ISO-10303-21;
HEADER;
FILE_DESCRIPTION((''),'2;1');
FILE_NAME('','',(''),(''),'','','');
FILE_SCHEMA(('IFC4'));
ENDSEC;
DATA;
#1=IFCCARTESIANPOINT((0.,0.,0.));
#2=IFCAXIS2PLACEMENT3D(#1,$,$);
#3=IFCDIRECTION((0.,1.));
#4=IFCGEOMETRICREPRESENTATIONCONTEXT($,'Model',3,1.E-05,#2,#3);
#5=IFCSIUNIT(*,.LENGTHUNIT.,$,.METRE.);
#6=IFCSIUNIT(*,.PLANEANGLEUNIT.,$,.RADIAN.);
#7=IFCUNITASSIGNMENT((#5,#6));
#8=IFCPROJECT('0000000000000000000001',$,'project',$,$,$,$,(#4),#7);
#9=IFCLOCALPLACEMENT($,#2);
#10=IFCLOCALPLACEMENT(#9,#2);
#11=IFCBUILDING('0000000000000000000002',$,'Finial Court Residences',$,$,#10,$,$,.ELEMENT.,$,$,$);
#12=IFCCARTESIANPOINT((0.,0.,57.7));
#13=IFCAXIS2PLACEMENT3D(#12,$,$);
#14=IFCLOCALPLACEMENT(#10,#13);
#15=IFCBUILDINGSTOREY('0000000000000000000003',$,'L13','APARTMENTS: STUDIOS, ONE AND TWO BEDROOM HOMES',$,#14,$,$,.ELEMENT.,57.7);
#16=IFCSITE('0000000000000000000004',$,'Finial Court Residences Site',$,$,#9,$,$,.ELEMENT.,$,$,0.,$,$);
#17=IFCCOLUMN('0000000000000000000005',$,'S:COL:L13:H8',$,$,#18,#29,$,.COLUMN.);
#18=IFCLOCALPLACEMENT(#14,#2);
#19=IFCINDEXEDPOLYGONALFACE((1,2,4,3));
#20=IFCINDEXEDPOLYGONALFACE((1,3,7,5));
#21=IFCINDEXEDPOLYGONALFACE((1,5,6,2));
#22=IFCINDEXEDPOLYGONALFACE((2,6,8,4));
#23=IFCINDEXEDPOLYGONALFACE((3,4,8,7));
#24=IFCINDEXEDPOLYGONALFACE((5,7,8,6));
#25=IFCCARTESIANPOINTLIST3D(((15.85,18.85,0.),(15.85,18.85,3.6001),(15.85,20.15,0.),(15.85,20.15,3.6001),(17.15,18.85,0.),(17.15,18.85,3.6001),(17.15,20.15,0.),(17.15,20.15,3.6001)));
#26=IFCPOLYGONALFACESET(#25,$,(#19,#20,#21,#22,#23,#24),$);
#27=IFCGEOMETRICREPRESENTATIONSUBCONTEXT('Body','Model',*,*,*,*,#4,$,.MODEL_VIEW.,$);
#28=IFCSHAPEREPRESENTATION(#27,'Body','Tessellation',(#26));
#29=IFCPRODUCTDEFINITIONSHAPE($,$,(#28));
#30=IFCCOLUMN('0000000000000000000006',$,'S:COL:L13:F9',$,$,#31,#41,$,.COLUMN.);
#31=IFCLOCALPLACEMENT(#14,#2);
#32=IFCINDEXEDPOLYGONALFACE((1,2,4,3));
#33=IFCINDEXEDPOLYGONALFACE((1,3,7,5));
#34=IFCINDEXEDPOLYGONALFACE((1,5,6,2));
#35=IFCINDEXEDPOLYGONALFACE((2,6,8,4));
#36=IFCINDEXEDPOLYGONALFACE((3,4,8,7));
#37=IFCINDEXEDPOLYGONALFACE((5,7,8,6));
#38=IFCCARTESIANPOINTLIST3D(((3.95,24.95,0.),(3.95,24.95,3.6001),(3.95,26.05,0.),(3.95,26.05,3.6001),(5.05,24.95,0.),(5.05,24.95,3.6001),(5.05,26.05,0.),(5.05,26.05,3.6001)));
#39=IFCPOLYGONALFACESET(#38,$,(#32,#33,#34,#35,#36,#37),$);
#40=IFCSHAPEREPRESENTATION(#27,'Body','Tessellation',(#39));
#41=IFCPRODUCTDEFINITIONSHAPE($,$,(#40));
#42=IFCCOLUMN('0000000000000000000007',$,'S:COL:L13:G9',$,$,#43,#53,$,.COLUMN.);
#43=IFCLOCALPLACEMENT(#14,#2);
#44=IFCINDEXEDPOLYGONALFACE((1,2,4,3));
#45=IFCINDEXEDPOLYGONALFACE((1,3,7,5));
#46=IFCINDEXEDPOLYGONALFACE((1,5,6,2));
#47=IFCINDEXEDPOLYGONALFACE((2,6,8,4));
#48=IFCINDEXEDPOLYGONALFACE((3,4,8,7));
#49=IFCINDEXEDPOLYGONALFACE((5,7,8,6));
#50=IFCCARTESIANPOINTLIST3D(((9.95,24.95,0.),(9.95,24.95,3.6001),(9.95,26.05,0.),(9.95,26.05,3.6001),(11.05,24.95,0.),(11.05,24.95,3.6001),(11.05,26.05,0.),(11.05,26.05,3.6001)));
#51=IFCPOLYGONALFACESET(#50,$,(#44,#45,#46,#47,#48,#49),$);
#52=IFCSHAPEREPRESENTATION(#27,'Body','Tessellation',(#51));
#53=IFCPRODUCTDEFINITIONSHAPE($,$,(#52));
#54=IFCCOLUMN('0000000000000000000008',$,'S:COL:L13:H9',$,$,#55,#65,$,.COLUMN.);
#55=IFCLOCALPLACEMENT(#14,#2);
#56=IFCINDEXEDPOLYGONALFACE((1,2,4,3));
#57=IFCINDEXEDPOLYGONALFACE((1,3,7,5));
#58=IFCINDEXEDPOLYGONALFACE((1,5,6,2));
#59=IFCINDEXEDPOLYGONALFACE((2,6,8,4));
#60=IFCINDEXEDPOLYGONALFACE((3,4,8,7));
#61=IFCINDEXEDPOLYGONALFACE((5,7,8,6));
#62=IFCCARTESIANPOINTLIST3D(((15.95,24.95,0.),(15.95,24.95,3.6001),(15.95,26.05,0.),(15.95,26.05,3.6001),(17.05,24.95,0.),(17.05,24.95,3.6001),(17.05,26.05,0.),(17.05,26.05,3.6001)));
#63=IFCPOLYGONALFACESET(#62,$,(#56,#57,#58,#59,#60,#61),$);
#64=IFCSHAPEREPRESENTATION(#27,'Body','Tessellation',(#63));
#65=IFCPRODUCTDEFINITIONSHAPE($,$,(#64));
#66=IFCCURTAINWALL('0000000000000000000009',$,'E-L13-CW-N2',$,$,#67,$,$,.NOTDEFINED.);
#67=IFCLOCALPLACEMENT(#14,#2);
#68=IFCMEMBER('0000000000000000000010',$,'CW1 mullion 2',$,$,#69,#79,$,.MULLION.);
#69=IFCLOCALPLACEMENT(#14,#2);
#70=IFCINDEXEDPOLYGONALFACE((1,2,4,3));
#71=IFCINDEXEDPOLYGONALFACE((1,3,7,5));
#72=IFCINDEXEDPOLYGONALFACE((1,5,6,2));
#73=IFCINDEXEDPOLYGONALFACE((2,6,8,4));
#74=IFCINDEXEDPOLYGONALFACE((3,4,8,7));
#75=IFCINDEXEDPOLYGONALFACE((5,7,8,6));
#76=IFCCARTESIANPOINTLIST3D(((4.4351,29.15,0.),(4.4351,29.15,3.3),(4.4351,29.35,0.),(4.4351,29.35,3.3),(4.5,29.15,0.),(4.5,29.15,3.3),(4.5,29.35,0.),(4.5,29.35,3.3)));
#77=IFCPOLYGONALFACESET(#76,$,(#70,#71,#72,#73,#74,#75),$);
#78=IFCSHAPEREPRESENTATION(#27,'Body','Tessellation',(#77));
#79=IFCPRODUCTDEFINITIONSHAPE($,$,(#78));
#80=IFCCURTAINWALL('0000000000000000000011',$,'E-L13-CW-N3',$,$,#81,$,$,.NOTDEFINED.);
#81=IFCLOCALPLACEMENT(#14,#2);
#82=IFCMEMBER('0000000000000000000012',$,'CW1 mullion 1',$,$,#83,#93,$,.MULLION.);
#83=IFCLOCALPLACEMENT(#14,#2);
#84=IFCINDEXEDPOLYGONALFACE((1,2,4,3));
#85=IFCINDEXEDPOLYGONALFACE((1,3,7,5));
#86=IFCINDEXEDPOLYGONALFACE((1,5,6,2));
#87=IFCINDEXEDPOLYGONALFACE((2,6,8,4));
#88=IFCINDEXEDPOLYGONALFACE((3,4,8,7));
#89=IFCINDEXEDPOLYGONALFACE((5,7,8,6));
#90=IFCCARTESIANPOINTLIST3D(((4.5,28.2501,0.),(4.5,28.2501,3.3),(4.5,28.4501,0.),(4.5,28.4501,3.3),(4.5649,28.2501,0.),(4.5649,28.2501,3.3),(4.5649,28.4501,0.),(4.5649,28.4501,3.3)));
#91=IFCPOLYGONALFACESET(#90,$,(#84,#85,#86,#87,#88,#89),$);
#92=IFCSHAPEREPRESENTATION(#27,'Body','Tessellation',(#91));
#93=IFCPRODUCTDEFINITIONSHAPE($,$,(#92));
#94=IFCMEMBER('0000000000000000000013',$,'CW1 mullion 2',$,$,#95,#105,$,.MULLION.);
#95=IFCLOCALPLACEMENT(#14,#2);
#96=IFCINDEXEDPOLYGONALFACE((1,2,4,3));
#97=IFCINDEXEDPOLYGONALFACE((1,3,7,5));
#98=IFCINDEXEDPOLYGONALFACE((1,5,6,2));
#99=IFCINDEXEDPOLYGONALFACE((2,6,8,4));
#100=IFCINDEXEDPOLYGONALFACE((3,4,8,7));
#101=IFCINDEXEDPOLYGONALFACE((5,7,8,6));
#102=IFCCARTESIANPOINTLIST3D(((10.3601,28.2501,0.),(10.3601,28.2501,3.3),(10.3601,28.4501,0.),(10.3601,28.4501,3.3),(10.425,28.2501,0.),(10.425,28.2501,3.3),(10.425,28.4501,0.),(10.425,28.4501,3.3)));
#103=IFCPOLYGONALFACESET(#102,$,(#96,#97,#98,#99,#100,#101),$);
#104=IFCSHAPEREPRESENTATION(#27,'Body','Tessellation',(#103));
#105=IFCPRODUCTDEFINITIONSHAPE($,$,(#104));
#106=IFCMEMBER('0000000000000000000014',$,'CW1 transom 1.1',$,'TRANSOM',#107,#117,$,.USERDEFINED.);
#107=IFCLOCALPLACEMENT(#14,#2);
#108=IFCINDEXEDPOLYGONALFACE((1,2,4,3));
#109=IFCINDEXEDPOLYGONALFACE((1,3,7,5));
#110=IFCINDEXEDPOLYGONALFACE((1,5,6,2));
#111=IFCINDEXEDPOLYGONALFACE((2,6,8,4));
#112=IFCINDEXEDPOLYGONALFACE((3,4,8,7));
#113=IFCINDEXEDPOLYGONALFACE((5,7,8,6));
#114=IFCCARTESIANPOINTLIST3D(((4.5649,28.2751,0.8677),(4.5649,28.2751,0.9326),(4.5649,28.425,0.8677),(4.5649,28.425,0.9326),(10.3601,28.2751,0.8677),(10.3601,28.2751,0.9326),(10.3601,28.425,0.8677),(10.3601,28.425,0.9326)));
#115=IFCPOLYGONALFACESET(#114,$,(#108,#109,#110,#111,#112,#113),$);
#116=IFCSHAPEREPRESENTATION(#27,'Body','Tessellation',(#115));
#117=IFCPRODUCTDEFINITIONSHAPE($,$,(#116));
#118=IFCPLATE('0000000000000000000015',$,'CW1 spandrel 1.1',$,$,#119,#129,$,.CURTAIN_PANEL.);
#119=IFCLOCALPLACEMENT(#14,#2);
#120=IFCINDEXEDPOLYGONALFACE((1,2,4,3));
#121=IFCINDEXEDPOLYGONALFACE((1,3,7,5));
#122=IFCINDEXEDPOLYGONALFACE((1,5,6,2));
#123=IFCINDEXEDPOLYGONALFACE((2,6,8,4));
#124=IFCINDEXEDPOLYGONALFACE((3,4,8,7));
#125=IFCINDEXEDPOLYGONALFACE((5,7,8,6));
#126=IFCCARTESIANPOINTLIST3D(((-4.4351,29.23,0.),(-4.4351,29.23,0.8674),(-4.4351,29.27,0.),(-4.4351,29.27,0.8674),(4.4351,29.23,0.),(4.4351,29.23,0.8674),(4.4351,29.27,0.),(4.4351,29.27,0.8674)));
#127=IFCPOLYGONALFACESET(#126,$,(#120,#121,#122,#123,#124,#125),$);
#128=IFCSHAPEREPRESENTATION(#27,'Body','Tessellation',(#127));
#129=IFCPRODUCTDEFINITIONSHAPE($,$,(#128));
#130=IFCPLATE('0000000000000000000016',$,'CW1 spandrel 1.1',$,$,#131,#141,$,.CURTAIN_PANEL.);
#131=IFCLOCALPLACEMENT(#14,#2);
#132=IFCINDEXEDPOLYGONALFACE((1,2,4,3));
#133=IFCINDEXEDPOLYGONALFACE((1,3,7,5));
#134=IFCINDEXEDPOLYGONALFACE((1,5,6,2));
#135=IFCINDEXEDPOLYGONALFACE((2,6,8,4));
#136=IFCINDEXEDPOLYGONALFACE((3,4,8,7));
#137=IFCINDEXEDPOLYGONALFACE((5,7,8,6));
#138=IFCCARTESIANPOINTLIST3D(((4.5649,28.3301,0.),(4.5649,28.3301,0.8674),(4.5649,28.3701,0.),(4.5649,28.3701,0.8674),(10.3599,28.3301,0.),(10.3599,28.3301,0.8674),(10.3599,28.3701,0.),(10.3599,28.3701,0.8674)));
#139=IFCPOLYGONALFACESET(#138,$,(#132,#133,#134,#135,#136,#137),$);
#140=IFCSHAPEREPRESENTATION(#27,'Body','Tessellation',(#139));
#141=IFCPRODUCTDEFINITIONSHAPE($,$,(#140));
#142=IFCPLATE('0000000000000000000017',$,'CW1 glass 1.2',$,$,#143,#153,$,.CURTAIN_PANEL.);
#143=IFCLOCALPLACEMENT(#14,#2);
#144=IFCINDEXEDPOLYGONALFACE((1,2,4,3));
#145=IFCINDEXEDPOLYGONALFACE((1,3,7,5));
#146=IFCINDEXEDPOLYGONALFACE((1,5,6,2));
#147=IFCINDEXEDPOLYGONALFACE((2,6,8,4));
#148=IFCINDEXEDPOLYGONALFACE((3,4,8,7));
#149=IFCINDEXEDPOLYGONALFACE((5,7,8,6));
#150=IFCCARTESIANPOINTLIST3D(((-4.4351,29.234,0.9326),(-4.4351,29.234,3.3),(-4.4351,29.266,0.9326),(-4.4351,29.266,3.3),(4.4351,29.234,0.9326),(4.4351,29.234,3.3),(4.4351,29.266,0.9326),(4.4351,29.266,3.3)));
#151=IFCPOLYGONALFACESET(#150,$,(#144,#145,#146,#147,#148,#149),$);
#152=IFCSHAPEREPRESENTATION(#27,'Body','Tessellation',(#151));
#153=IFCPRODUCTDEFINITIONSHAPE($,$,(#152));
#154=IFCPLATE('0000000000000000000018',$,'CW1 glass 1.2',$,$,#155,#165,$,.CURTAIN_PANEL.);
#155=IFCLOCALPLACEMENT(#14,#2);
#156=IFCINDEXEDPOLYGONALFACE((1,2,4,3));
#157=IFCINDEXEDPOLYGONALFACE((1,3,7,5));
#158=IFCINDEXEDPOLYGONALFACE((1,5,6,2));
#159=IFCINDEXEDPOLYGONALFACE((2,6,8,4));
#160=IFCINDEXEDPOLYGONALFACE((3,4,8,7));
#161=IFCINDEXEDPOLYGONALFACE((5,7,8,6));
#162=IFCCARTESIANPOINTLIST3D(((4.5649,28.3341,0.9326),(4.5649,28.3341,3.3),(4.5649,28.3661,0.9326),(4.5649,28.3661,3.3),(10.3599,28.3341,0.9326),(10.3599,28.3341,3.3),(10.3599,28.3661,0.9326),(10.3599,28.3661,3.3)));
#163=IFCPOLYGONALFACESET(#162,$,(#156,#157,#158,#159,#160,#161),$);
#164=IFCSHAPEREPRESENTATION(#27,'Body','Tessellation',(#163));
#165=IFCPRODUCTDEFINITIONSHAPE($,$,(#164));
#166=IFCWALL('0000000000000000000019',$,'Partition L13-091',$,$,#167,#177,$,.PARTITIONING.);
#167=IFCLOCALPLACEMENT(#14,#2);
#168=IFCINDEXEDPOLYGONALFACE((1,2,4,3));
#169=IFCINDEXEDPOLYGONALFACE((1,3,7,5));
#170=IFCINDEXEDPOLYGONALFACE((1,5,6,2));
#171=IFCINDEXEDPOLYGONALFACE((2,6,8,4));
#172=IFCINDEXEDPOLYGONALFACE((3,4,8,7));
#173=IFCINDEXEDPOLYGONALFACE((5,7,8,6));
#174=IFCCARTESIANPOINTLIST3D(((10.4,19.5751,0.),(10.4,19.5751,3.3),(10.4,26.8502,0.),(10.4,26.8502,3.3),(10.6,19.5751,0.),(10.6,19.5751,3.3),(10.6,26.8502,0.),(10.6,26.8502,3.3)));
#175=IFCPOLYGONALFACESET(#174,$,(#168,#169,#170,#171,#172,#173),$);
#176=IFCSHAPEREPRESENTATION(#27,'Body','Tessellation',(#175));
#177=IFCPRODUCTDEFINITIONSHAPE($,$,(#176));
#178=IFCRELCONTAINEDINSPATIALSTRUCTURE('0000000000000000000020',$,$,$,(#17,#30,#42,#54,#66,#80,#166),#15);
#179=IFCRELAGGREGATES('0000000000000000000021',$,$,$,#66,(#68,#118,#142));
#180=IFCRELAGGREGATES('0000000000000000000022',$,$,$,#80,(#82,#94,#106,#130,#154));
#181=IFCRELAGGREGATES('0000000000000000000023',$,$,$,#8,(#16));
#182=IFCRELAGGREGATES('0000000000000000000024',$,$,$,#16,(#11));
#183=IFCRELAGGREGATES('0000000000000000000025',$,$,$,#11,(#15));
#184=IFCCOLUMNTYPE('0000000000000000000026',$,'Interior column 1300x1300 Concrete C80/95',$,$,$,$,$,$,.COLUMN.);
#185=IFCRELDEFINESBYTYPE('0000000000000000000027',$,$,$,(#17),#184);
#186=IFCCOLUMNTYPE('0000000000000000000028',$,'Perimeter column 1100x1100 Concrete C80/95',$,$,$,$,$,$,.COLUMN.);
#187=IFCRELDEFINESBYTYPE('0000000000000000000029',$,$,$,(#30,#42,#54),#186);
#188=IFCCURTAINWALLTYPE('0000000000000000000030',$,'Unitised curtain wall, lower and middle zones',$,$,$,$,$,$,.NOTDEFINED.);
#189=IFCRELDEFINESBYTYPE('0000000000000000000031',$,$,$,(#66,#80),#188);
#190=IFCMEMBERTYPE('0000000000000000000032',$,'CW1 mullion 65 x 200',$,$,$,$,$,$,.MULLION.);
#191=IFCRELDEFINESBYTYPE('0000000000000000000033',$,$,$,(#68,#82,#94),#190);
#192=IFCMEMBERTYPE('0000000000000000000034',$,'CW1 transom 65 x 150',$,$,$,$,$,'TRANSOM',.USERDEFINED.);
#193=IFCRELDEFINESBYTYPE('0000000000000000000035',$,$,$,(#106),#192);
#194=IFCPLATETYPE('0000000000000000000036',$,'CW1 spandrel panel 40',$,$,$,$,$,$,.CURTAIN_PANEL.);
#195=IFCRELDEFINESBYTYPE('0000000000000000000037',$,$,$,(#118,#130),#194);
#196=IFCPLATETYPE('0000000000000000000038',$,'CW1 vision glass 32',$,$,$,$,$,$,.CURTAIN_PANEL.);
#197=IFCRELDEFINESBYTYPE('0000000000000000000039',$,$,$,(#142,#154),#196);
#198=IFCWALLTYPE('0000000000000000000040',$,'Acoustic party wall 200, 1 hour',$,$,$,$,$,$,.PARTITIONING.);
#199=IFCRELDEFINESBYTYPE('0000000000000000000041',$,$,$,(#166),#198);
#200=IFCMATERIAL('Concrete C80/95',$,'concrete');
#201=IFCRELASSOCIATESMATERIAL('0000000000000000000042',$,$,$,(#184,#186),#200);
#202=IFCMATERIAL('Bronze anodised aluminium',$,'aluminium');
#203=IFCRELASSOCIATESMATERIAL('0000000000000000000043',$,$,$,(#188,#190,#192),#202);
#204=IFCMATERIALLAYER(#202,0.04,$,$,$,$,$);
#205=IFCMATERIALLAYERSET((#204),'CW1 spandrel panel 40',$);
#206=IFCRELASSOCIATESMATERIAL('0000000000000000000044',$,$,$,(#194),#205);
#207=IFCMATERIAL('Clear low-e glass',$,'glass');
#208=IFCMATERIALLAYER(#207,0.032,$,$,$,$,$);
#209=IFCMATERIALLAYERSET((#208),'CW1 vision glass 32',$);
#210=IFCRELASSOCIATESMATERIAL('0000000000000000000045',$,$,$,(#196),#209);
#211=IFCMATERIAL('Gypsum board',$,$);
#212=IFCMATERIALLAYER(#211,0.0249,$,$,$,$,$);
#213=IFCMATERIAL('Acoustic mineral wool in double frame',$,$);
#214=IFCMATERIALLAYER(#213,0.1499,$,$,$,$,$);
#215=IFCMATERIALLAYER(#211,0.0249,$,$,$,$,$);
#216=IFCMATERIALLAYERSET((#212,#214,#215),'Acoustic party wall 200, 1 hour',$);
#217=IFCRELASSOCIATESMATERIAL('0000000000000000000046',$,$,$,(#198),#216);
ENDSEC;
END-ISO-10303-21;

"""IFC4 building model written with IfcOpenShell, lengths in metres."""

from ifc_helpers import new_model, si_unit, direction, frame, frame_2d, origin, origin_2d, place, context, subcontext, project, spatial, rectangle, extrude, material, layer, layer_set, material_profile, profile_set, type_object, element, aggregate, save


model = new_model("IFC4")

# Units and contexts
model_context = context("Model", 3, precision=1e-05, world=origin(), true_north=direction((0.0, 1.0)))
body_context = subcontext(model_context, "Body", "Model", "MODEL_VIEW")
ifc_project = project(units=[si_unit("LENGTHUNIT", "METRE"), si_unit("PLANEANGLEUNIT", "RADIAN")], contexts=[model_context])

# Site, building, storey
site_placement = place(None, origin())
site = spatial("IfcSite", under=ifc_project, at=site_placement, Name="Finial Court Residences Site", CompositionType="ELEMENT", RefElevation=0.0)
building_placement = place(site_placement, origin())
building = spatial("IfcBuilding", under=site, at=building_placement, Name="Finial Court Residences", CompositionType="ELEMENT")
storey_placement = place(building_placement, frame((0.0, 0.0, 57.7)))
storey = spatial("IfcBuildingStorey", under=building, at=storey_placement, Name="L13", Description="APARTMENTS: STUDIOS, ONE AND TWO BEDROOM HOMES", CompositionType="ELEMENT", Elevation=57.7)

# Columns
ifc_material_1 = material(Name="Concrete C80/95", Category="concrete")
ifc_material_profile_1 = material_profile(ifc_material_1, rectangle(XDim=1.3, YDim=1.3, at=origin_2d()), Name="1300x1300")
ifc_profile_set_1 = profile_set([ifc_material_profile_1], Name="Concrete C80/95")
column_type_1 = type_object("IfcColumnType", Name="Interior column 1300x1300 Concrete C80/95", PredefinedType="COLUMN", material=ifc_profile_set_1)
column_placement = place(storey_placement, frame((16.5, 19.5, 0.0), z_axis=(0.0, 0.0, 1.0), x_axis=(1.0, 0.0, 0.0)))
element("IfcColumn", 1, at=column_placement, inside=storey, type_object=column_type_1, Name="S:COL:L13:H8", PredefinedType="COLUMN", context=body_context, shape_type="SweptSolid", body=[
    extrude(rectangle(XDim=1.3, YDim=1.3, at=origin_2d()), origin(), (0.0, 0.0, 1.0), 3.6001),
])
ifc_material_profile_2 = material_profile(ifc_material_1, rectangle(XDim=1.1001, YDim=1.1001, at=origin_2d()), Name="1100x1100")
ifc_profile_set_2 = profile_set([ifc_material_profile_2], Name="Concrete C80/95")
column_type_2 = type_object("IfcColumnType", Name="Perimeter column 1100x1100 Concrete C80/95", PredefinedType="COLUMN", material=ifc_profile_set_2)
for number, where, z_axis, x_axis, name in (
    (2, (4.5, 25.5, 0.0), (0.0, 0.0, 1.0), (1.0, 0.0, 0.0), "S:COL:L13:F9"),
    (3, (10.5, 25.5, 0.0), (0.0, 0.0, 1.0), (1.0, 0.0, 0.0), "S:COL:L13:G9"),
    (4, (16.5, 25.5, 0.0), (0.0, 0.0, 1.0), (1.0, 0.0, 0.0), "S:COL:L13:H9"),
):
    element("IfcColumn", number, at=place(storey_placement, frame(where, z_axis=z_axis, x_axis=x_axis)), inside=storey, type_object=column_type_2, Name=name, PredefinedType="COLUMN", context=body_context, shape_type="SweptSolid", body=[
        extrude(rectangle(XDim=1.1001, YDim=1.1001, at=origin_2d()), origin(), (0.0, 0.0, 1.0), 3.6001),
    ])

# Curtain wall, member
ifc_material_2 = material(Name="Bronze anodised aluminium", Category="aluminium")
curtain_wall_type = type_object("IfcCurtainWallType", Name="Unitised curtain wall, lower and middle zones", PredefinedType="NOTDEFINED", material=ifc_material_2)
curtain_wall_1_placement = place(storey_placement, origin())
curtain_wall_1 = element("IfcCurtainWall", 5, at=curtain_wall_1_placement, inside=storey, type_object=curtain_wall_type, Name="E-L13-CW-N2", PredefinedType="NOTDEFINED")
ifc_material_profile_3 = material_profile(ifc_material_2, rectangle(XDim=0.2, YDim=0.0649, at=origin_2d()), Name="CW1 mullion 65 x 200")
ifc_profile_set_3 = profile_set([ifc_material_profile_3], Name="Bronze anodised aluminium")
member_type_1 = type_object("IfcMemberType", Name="CW1 mullion 65 x 200", PredefinedType="MULLION", material=ifc_profile_set_3)
member_1_placement = place(storey_placement, frame((4.4675, 29.25, 0.0), z_axis=(0.0, 0.0, 1.0), x_axis=(0.0, 1.0, 0.0)))
member_1 = element("IfcMember", 6, at=member_1_placement, type_object=member_type_1, Name="CW1 mullion 2", PredefinedType="MULLION", context=body_context, shape_type="SweptSolid", body=[
    extrude(rectangle(XDim=0.2, YDim=0.0649, at=origin_2d()), origin(), (0.0, 0.0, 1.0), 3.3),
])

# Curtain wall, members
curtain_wall_2_placement = place(storey_placement, origin())
curtain_wall_2 = element("IfcCurtainWall", 7, at=curtain_wall_2_placement, inside=storey, type_object=curtain_wall_type, Name="E-L13-CW-N3", PredefinedType="NOTDEFINED")
member_2_placement = place(storey_placement, frame((4.5325, 28.3501, 0.0), z_axis=(0.0, 0.0, 1.0), x_axis=(0.0, 1.0, 0.0)))
member_2 = element("IfcMember", 8, at=member_2_placement, type_object=member_type_1, Name="CW1 mullion 1", PredefinedType="MULLION", context=body_context, shape_type="SweptSolid", body=[
    extrude(rectangle(XDim=0.2, YDim=0.0649, at=origin_2d()), origin(), (0.0, 0.0, 1.0), 3.3),
])
member_3_placement = place(storey_placement, frame((10.3926, 28.3501, 0.0), z_axis=(0.0, 0.0, 1.0), x_axis=(0.0, 1.0, 0.0)))
member_3 = element("IfcMember", 9, at=member_3_placement, type_object=member_type_1, Name="CW1 mullion 2", PredefinedType="MULLION", context=body_context, shape_type="SweptSolid", body=[
    extrude(rectangle(XDim=0.2, YDim=0.0649, at=origin_2d()), origin(), (0.0, 0.0, 1.0), 3.3),
])
ifc_material_profile_4 = material_profile(ifc_material_2, rectangle(XDim=0.1499, YDim=0.0649, at=origin_2d()), Name="CW1 transom 65 x 150")
ifc_profile_set_4 = profile_set([ifc_material_profile_4], Name="Bronze anodised aluminium")
member_type_2 = type_object("IfcMemberType", Name="CW1 transom 65 x 150", ElementType="TRANSOM", PredefinedType="USERDEFINED", material=ifc_profile_set_4)
member_4_placement = place(storey_placement, frame((4.5649, 28.3501, 0.9001), z_axis=(1.0, 0.0, 0.0), x_axis=(0.0, 1.0, 0.0)))
member_4 = element("IfcMember", 10, at=member_4_placement, type_object=member_type_2, Name="CW1 transom 1.1", ObjectType="TRANSOM", PredefinedType="USERDEFINED", context=body_context, shape_type="SweptSolid", body=[
    extrude(rectangle(XDim=0.1499, YDim=0.0649, at=origin_2d()), origin(), (0.0, 0.0, 1.0), 5.7952),
])

# Plates
ifc_layer_1 = layer(ifc_material_2, 0.04)
ifc_layer_set_1 = layer_set([ifc_layer_1], Name="CW1 spandrel panel 40")
plate_type_1 = type_object("IfcPlateType", Name="CW1 spandrel panel 40", PredefinedType="CURTAIN_PANEL", material=ifc_layer_set_1)
plate_1_placement = place(storey_placement, frame((0.0, 29.25, 0.0), z_axis=(0.0, 0.0, 1.0), x_axis=(1.0, 0.0, 0.0)))
plate_1 = element("IfcPlate", 11, at=plate_1_placement, type_object=plate_type_1, Name="CW1 spandrel 1.1", PredefinedType="CURTAIN_PANEL", context=body_context, shape_type="SweptSolid", body=[
    extrude(rectangle(XDim=8.8701, YDim=0.04, at=origin_2d()), origin(), (0.0, 0.0, 1.0), 0.8674),
])
plate_2_placement = place(storey_placement, frame((7.4624, 28.3501, 0.0), z_axis=(0.0, 0.0, 1.0), x_axis=(1.0, 0.0, 0.0)))
plate_2 = element("IfcPlate", 12, at=plate_2_placement, type_object=plate_type_1, Name="CW1 spandrel 1.1", PredefinedType="CURTAIN_PANEL", context=body_context, shape_type="SweptSolid", body=[
    extrude(rectangle(XDim=5.7949, YDim=0.04, at=origin_2d()), origin(), (0.0, 0.0, 1.0), 0.8674),
])
ifc_material_3 = material(Name="Clear low-e glass", Category="glass")
ifc_layer_2 = layer(ifc_material_3, 0.032)
ifc_layer_set_2 = layer_set([ifc_layer_2], Name="CW1 vision glass 32")
plate_type_2 = type_object("IfcPlateType", Name="CW1 vision glass 32", PredefinedType="CURTAIN_PANEL", material=ifc_layer_set_2)
plate_3_placement = place(storey_placement, frame((0.0, 29.25, 0.9326), z_axis=(0.0, 0.0, 1.0), x_axis=(1.0, 0.0, 0.0)))
plate_3 = element("IfcPlate", 13, at=plate_3_placement, type_object=plate_type_2, Name="CW1 glass 1.2", PredefinedType="CURTAIN_PANEL", context=body_context, shape_type="SweptSolid", body=[
    extrude(rectangle(XDim=8.8701, YDim=0.032, at=origin_2d()), origin(), (0.0, 0.0, 1.0), 2.3674),
])
aggregate(curtain_wall_1, [member_1, plate_1, plate_3])
plate_4_placement = place(storey_placement, frame((7.4624, 28.3501, 0.9326), z_axis=(0.0, 0.0, 1.0), x_axis=(1.0, 0.0, 0.0)))
plate_4 = element("IfcPlate", 14, at=plate_4_placement, type_object=plate_type_2, Name="CW1 glass 1.2", PredefinedType="CURTAIN_PANEL", context=body_context, shape_type="SweptSolid", body=[
    extrude(rectangle(XDim=5.7949, YDim=0.032, at=origin_2d()), origin(), (0.0, 0.0, 1.0), 2.3674),
])
aggregate(curtain_wall_2, [member_2, member_3, member_4, plate_2, plate_4])

# Wall
ifc_material_4 = material(Name="Gypsum board")
ifc_layer_3 = layer(ifc_material_4, 0.0249)
ifc_material_5 = material(Name="Acoustic mineral wool in double frame")
ifc_layer_4 = layer(ifc_material_5, 0.1499)
ifc_layer_5 = layer(ifc_material_4, 0.0249)
ifc_layer_set_3 = layer_set([ifc_layer_3, ifc_layer_4, ifc_layer_5], Name="Acoustic party wall 200, 1 hour")
wall_type_1 = type_object("IfcWallType", Name="Acoustic party wall 200, 1 hour", PredefinedType="PARTITIONING", material=ifc_layer_set_3)
wall_1_placement = place(storey_placement, frame((10.5, 19.575, 0.0), z_axis=(0.0, 0.0, 1.0), x_axis=(0.0, 1.0, 0.0)))
element("IfcWall", 15, at=wall_1_placement, inside=storey, type_object=wall_type_1, Name="Partition L13-091", PredefinedType="PARTITIONING", context=body_context, shape_type="SweptSolid", body=[
    extrude(rectangle(XDim=7.2751, YDim=0.2, at=frame_2d((3.6377, 0.0))), origin(), (0.0, 0.0, 1.0), 3.3),
])

save(model, "model.ifc")
